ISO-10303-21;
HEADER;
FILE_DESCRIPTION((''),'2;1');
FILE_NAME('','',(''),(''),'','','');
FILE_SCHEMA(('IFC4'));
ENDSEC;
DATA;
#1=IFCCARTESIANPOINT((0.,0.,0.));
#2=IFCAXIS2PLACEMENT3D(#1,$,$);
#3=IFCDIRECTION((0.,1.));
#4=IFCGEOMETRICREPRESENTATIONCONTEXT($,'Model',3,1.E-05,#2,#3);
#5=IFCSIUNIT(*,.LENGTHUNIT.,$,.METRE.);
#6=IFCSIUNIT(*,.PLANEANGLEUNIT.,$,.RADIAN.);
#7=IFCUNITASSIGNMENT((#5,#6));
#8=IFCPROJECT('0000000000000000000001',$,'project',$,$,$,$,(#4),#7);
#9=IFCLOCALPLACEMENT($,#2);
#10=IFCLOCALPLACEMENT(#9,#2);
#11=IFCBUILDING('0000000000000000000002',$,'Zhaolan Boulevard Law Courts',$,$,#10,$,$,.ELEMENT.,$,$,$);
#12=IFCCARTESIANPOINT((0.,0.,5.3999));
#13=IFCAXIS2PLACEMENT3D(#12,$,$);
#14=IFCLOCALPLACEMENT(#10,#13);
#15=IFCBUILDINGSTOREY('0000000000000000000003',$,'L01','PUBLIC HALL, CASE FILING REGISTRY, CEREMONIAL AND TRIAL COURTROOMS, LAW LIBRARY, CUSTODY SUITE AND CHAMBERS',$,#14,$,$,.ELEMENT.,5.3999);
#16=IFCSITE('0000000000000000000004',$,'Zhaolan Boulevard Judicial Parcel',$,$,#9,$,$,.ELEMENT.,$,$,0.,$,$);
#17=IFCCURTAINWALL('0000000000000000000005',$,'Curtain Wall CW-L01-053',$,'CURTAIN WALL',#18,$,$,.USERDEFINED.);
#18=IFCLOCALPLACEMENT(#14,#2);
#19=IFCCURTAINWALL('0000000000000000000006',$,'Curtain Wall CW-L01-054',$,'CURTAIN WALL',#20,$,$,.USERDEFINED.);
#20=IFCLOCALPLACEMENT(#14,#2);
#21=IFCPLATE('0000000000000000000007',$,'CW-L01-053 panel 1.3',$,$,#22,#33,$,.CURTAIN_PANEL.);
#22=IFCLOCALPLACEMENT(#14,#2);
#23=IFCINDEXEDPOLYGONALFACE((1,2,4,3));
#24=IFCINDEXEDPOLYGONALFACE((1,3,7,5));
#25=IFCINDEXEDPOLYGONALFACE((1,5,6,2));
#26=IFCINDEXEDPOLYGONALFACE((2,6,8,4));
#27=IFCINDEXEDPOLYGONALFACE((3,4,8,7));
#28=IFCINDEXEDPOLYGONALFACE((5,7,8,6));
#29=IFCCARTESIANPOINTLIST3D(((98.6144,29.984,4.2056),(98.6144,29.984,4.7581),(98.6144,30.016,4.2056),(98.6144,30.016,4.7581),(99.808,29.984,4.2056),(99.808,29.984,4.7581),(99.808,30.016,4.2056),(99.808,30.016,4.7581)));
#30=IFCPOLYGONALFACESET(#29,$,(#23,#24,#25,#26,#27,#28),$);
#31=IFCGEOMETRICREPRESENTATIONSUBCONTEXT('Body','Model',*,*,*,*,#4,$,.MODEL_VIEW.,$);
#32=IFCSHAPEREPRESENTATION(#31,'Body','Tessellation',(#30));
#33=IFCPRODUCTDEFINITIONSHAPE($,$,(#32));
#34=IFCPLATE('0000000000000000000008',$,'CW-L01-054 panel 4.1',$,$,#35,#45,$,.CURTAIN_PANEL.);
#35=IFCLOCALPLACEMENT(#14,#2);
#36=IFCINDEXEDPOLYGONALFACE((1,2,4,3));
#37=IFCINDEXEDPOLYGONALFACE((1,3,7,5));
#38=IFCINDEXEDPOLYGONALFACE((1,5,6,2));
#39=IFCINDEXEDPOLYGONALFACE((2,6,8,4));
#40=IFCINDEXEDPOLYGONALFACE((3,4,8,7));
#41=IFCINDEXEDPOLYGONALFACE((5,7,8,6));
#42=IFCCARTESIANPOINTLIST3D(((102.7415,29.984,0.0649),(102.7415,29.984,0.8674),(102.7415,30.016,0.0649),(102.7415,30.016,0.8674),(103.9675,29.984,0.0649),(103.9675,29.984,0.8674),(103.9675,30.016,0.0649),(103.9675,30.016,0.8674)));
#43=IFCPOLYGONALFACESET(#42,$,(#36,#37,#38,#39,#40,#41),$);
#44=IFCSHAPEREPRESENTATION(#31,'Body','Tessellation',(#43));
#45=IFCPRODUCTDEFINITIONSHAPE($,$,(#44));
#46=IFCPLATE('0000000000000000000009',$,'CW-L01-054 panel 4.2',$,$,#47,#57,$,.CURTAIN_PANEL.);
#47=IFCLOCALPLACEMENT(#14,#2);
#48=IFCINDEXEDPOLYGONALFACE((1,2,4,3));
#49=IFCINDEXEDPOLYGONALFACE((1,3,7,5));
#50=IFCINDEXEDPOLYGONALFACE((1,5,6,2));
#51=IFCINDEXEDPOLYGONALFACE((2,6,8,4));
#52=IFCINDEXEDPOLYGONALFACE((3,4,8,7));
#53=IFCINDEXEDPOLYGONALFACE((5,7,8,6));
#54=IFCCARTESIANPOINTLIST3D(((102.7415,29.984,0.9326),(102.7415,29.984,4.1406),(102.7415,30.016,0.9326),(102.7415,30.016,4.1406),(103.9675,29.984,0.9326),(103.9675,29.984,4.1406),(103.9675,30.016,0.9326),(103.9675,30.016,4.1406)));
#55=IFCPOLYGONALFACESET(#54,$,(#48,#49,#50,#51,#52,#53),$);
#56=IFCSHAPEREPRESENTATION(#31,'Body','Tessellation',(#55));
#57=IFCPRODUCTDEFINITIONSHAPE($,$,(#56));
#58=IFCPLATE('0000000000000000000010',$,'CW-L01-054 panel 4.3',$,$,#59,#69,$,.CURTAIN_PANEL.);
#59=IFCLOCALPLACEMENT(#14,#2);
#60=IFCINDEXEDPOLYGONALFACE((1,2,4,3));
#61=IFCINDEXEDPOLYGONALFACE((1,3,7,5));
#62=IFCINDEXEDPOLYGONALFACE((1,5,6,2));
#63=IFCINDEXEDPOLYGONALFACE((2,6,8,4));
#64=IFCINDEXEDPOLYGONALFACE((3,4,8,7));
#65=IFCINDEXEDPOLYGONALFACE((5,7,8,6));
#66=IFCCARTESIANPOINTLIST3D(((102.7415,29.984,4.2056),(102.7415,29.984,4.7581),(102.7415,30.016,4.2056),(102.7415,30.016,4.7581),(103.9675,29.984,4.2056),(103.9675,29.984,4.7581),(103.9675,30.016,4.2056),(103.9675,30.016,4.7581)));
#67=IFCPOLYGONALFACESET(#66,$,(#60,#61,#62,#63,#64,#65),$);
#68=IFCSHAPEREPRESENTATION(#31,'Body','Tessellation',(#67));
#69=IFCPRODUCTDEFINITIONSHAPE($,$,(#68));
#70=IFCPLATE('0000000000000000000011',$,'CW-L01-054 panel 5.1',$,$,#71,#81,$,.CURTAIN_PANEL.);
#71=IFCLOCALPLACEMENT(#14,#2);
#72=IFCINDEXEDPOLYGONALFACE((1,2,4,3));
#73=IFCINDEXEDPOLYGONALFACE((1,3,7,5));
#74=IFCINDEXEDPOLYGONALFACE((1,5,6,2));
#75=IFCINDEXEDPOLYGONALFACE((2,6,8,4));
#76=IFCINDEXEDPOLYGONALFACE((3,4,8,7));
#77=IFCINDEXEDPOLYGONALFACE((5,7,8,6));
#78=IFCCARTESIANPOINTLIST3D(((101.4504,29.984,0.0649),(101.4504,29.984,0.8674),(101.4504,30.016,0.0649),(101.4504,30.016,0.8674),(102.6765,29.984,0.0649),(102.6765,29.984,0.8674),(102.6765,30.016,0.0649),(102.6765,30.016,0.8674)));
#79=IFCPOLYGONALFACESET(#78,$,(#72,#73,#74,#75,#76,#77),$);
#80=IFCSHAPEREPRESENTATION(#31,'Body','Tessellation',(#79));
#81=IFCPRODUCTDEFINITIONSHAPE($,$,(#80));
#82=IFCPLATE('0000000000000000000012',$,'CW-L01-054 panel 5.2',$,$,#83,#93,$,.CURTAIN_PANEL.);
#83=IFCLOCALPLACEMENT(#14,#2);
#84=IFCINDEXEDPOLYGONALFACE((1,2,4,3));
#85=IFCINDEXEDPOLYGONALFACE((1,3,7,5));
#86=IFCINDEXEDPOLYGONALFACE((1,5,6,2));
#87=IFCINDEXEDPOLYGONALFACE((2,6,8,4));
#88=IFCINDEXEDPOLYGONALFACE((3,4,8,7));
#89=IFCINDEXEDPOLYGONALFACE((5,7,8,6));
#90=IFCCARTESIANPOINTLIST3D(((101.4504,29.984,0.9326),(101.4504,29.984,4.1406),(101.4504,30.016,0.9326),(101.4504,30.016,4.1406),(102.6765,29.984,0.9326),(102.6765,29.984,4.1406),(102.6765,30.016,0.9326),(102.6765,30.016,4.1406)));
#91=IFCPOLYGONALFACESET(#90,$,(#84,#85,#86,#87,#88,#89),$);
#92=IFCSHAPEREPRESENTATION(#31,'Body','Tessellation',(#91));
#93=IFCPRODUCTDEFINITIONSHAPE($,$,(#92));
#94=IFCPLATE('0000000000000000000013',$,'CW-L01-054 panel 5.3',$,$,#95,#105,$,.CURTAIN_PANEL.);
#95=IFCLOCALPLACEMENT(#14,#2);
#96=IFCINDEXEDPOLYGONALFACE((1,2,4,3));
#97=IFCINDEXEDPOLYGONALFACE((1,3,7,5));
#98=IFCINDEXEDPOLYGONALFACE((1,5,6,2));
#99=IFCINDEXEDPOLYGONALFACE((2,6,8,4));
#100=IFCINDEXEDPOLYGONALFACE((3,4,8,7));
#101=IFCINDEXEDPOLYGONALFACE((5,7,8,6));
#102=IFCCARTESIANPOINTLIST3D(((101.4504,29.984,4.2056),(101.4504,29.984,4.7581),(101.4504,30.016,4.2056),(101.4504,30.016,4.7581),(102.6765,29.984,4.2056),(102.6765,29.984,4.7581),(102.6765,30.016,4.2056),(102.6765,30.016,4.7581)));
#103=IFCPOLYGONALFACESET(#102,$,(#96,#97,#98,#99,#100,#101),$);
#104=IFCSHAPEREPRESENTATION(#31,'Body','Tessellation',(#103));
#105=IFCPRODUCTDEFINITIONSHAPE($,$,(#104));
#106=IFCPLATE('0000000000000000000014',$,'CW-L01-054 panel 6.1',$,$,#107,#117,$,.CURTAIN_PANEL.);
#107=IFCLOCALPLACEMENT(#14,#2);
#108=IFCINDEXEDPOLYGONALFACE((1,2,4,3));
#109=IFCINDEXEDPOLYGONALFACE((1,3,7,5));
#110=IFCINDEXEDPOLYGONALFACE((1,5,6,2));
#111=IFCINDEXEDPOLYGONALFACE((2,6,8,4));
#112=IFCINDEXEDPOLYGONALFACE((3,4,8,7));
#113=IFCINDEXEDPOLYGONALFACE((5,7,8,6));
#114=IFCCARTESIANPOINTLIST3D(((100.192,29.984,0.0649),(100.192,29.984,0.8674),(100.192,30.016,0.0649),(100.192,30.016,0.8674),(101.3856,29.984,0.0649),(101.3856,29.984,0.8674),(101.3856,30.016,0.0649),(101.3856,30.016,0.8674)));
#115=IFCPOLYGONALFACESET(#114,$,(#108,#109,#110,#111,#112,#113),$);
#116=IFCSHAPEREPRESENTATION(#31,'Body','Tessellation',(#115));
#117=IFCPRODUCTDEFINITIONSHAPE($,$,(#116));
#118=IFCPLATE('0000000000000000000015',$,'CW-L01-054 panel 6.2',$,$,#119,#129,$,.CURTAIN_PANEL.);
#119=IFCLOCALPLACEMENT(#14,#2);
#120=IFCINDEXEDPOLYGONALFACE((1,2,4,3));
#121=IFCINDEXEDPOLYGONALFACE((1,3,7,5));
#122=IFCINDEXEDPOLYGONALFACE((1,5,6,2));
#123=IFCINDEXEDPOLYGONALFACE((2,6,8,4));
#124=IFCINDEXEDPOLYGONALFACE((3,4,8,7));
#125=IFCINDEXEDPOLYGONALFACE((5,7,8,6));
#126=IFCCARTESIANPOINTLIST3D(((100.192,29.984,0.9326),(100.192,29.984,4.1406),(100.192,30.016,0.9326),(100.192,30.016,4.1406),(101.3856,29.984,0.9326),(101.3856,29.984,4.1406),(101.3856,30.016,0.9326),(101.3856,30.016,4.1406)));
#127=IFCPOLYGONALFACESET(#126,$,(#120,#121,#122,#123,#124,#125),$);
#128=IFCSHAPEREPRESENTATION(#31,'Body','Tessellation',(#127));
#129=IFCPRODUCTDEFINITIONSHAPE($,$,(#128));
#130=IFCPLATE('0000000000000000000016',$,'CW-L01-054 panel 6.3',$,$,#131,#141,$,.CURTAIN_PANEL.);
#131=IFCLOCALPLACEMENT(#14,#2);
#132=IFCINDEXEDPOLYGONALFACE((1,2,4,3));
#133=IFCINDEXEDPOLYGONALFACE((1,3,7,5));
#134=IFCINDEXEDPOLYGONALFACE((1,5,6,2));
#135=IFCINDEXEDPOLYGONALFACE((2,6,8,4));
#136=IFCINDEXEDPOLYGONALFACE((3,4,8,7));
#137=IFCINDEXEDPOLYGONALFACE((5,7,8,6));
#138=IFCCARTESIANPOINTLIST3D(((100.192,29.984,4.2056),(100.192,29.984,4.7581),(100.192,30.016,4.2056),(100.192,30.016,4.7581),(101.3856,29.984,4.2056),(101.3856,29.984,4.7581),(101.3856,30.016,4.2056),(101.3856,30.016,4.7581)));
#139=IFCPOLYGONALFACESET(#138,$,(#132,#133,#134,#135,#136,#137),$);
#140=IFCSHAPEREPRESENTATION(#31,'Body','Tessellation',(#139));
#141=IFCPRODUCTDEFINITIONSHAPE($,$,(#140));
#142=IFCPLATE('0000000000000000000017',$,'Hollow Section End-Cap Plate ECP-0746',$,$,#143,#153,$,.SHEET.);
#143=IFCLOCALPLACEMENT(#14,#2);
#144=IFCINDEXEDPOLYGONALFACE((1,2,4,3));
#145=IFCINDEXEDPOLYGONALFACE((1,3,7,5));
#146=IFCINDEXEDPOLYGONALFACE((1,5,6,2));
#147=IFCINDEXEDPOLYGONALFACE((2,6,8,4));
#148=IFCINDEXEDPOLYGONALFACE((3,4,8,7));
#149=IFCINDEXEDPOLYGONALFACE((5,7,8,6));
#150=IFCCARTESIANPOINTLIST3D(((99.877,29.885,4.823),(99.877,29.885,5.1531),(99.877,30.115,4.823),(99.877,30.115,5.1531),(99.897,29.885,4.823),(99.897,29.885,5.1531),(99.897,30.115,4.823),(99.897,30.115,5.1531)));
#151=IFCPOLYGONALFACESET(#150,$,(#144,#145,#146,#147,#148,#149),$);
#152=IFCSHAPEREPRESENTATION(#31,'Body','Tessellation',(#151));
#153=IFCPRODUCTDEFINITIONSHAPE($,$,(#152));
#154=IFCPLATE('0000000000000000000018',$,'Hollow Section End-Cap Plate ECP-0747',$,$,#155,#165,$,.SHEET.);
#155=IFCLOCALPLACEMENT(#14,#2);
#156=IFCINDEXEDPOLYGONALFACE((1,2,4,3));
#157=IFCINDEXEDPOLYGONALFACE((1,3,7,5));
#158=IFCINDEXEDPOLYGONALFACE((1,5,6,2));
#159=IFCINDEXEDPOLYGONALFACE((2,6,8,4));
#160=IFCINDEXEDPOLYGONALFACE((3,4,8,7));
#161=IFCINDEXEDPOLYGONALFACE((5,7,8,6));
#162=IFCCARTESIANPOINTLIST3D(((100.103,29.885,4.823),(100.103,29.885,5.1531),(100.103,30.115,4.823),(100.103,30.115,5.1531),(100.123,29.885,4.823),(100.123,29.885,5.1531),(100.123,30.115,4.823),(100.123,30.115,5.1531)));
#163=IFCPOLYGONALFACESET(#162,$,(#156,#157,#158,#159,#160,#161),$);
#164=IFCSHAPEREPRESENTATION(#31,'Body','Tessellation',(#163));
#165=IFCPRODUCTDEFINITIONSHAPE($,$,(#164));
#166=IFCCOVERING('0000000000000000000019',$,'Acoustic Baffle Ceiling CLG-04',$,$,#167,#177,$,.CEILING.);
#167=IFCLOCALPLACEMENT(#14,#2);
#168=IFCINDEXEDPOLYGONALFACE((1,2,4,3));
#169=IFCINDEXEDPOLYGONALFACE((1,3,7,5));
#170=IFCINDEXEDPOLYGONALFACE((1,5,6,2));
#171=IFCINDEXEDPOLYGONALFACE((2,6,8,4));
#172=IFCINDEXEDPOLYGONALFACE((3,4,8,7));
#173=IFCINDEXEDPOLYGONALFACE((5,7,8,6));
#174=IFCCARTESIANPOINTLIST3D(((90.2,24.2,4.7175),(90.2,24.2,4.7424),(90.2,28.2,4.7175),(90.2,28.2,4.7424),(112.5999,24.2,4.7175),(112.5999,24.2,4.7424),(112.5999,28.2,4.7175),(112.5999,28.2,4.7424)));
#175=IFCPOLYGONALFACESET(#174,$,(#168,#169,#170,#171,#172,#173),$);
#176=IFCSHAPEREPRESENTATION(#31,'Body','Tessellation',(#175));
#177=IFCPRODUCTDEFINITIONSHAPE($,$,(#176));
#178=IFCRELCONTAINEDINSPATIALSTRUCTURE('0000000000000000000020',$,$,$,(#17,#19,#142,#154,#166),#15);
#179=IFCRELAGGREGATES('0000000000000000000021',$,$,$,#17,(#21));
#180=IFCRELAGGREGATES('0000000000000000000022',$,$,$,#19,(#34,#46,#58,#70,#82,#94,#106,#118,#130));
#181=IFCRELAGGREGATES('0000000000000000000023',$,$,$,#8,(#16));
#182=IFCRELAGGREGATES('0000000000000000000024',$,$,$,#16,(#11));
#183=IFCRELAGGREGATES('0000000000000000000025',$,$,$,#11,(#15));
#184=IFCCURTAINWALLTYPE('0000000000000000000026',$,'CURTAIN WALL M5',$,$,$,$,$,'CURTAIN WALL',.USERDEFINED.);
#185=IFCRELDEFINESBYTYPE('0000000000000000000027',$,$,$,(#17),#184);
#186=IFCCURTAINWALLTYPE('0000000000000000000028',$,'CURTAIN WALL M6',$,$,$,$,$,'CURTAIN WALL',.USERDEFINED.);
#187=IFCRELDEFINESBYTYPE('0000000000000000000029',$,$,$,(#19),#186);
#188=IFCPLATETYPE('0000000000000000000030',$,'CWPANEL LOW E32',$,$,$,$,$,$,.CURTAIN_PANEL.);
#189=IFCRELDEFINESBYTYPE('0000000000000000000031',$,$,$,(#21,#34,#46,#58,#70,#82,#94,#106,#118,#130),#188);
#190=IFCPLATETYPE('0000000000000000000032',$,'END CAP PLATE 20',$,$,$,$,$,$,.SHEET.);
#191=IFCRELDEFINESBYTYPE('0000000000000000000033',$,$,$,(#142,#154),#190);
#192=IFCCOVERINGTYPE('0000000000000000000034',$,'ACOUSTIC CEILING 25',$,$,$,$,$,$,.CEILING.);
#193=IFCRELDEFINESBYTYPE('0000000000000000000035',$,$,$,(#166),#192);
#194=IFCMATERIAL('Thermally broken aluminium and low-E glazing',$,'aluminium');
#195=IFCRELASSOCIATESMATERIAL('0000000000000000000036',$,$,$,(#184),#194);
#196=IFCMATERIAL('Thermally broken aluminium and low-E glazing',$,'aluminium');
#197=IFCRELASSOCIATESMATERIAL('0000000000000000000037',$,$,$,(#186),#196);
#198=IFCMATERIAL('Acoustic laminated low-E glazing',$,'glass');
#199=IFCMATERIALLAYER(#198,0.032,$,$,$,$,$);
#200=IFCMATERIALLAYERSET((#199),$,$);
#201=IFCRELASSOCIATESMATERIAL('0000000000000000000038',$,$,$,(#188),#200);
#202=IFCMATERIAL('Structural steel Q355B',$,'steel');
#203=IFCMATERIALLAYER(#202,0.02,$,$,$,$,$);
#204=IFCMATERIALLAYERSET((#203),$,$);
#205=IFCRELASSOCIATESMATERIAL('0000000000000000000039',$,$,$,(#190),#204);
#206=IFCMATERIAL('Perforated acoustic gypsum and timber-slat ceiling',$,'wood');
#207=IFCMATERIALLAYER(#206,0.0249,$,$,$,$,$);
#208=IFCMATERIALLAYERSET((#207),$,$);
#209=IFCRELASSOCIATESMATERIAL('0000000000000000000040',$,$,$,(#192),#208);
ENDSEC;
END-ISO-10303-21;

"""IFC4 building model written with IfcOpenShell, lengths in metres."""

from ifc_helpers import new_model, si_unit, direction, frame, origin, origin_2d, place, context, subcontext, project, spatial, rectangle, extrude, material, layer, layer_set, type_object, element, aggregate, save


model = new_model("IFC4")

# Units and contexts
model_context = context("Model", 3, precision=1e-05, world=origin(), true_north=direction((0.0, 1.0)))
body_context = subcontext(model_context, "Body", "Model", "MODEL_VIEW")
ifc_project = project(units=[si_unit("LENGTHUNIT", "METRE"), si_unit("PLANEANGLEUNIT", "RADIAN")], contexts=[model_context])

# Site, building, storey
site_placement = place(None, origin())
site = spatial("IfcSite", under=ifc_project, at=site_placement, Name="Zhaolan Boulevard Judicial Parcel", CompositionType="ELEMENT", RefElevation=0.0)
building_placement = place(site_placement, origin())
building = spatial("IfcBuilding", under=site, at=building_placement, Name="Zhaolan Boulevard Law Courts", CompositionType="ELEMENT")
storey_placement = place(building_placement, frame((0.0, 0.0, 5.3999)))
storey = spatial("IfcBuildingStorey", under=building, at=storey_placement, Name="L01", Description="PUBLIC HALL, CASE FILING REGISTRY, CEREMONIAL AND TRIAL COURTROOMS, LAW LIBRARY, CUSTODY SUITE AND CHAMBERS", CompositionType="ELEMENT", Elevation=5.3999)

# Curtain wall
ifc_material_1 = material(Name="Thermally broken aluminium and low-E glazing", Category="aluminium")
curtain_wall_type_1 = type_object("IfcCurtainWallType", Name="CURTAIN WALL M5", ElementType="CURTAIN WALL", PredefinedType="USERDEFINED", material=ifc_material_1)
curtain_wall_1_placement = place(storey_placement, origin())
curtain_wall_1 = element("IfcCurtainWall", 1, at=curtain_wall_1_placement, inside=storey, type_object=curtain_wall_type_1, Name="Curtain Wall CW-L01-053", ObjectType="CURTAIN WALL", PredefinedType="USERDEFINED")

# Curtain wall
ifc_material_2 = material(Name="Thermally broken aluminium and low-E glazing", Category="aluminium")
curtain_wall_type_2 = type_object("IfcCurtainWallType", Name="CURTAIN WALL M6", ElementType="CURTAIN WALL", PredefinedType="USERDEFINED", material=ifc_material_2)
curtain_wall_2_placement = place(storey_placement, origin())
curtain_wall_2 = element("IfcCurtainWall", 2, at=curtain_wall_2_placement, inside=storey, type_object=curtain_wall_type_2, Name="Curtain Wall CW-L01-054", ObjectType="CURTAIN WALL", PredefinedType="USERDEFINED")

# Plates
ifc_material_3 = material(Name="Acoustic laminated low-E glazing", Category="glass")
ifc_layer_1 = layer(ifc_material_3, 0.032)
ifc_layer_set_1 = layer_set([ifc_layer_1])
plate_type_1 = type_object("IfcPlateType", Name="CWPANEL LOW E32", PredefinedType="CURTAIN_PANEL", material=ifc_layer_set_1)
plate_1_placement = place(storey_placement, frame((99.2112, 30.0, 4.2056), z_axis=(0.0, 0.0, 1.0), x_axis=(-1.0, 0.0, 0.0)))
plate_1 = element("IfcPlate", 3, at=plate_1_placement, type_object=plate_type_1, Name="CW-L01-053 panel 1.3", PredefinedType="CURTAIN_PANEL", context=body_context, shape_type="SweptSolid", body=[
    extrude(rectangle(XDim=1.1936, YDim=0.032, at=origin_2d()), origin(), (0.0, 0.0, 1.0), 0.5525),
])
aggregate(curtain_wall_1, [plate_1])
plate_2_placement = place(storey_placement, frame((103.3545, 30.0, 0.0649), z_axis=(0.0, 0.0, 1.0), x_axis=(-1.0, 0.0, 0.0)))
plate_2 = element("IfcPlate", 4, at=plate_2_placement, type_object=plate_type_1, Name="CW-L01-054 panel 4.1", PredefinedType="CURTAIN_PANEL", context=body_context, shape_type="SweptSolid", body=[
    extrude(rectangle(XDim=1.2261, YDim=0.032, at=origin_2d()), origin(), (0.0, 0.0, 1.0), 0.8025),
])
plate_3_placement = place(storey_placement, frame((103.3545, 30.0, 0.9326), z_axis=(0.0, 0.0, 1.0), x_axis=(-1.0, 0.0, 0.0)))
plate_3 = element("IfcPlate", 5, at=plate_3_placement, type_object=plate_type_1, Name="CW-L01-054 panel 4.2", PredefinedType="CURTAIN_PANEL", context=body_context, shape_type="SweptSolid", body=[
    extrude(rectangle(XDim=1.2261, YDim=0.032, at=origin_2d()), origin(), (0.0, 0.0, 1.0), 3.208),
])
plate_4_placement = place(storey_placement, frame((103.3545, 30.0, 4.2056), z_axis=(0.0, 0.0, 1.0), x_axis=(-1.0, 0.0, 0.0)))
plate_4 = element("IfcPlate", 6, at=plate_4_placement, type_object=plate_type_1, Name="CW-L01-054 panel 4.3", PredefinedType="CURTAIN_PANEL", context=body_context, shape_type="SweptSolid", body=[
    extrude(rectangle(XDim=1.2261, YDim=0.032, at=origin_2d()), origin(), (0.0, 0.0, 1.0), 0.5525),
])
plate_5_placement = place(storey_placement, frame((102.0635, 30.0, 0.0649), z_axis=(0.0, 0.0, 1.0), x_axis=(-1.0, 0.0, 0.0)))
plate_5 = element("IfcPlate", 7, at=plate_5_placement, type_object=plate_type_1, Name="CW-L01-054 panel 5.1", PredefinedType="CURTAIN_PANEL", context=body_context, shape_type="SweptSolid", body=[
    extrude(rectangle(XDim=1.2261, YDim=0.032, at=origin_2d()), origin(), (0.0, 0.0, 1.0), 0.8025),
])
plate_6_placement = place(storey_placement, frame((102.0635, 30.0, 0.9326), z_axis=(0.0, 0.0, 1.0), x_axis=(-1.0, 0.0, 0.0)))
plate_6 = element("IfcPlate", 8, at=plate_6_placement, type_object=plate_type_1, Name="CW-L01-054 panel 5.2", PredefinedType="CURTAIN_PANEL", context=body_context, shape_type="SweptSolid", body=[
    extrude(rectangle(XDim=1.2261, YDim=0.032, at=origin_2d()), origin(), (0.0, 0.0, 1.0), 3.208),
])
plate_7_placement = place(storey_placement, frame((102.0635, 30.0, 4.2056), z_axis=(0.0, 0.0, 1.0), x_axis=(-1.0, 0.0, 0.0)))
plate_7 = element("IfcPlate", 9, at=plate_7_placement, type_object=plate_type_1, Name="CW-L01-054 panel 5.3", PredefinedType="CURTAIN_PANEL", context=body_context, shape_type="SweptSolid", body=[
    extrude(rectangle(XDim=1.2261, YDim=0.032, at=origin_2d()), origin(), (0.0, 0.0, 1.0), 0.5525),
])
plate_8_placement = place(storey_placement, frame((100.7888, 30.0, 0.0649), z_axis=(0.0, 0.0, 1.0), x_axis=(-1.0, 0.0, 0.0)))
plate_8 = element("IfcPlate", 10, at=plate_8_placement, type_object=plate_type_1, Name="CW-L01-054 panel 6.1", PredefinedType="CURTAIN_PANEL", context=body_context, shape_type="SweptSolid", body=[
    extrude(rectangle(XDim=1.1936, YDim=0.032, at=origin_2d()), origin(), (0.0, 0.0, 1.0), 0.8025),
])
plate_9_placement = place(storey_placement, frame((100.7888, 30.0, 0.9326), z_axis=(0.0, 0.0, 1.0), x_axis=(-1.0, 0.0, 0.0)))
plate_9 = element("IfcPlate", 11, at=plate_9_placement, type_object=plate_type_1, Name="CW-L01-054 panel 6.2", PredefinedType="CURTAIN_PANEL", context=body_context, shape_type="SweptSolid", body=[
    extrude(rectangle(XDim=1.1936, YDim=0.032, at=origin_2d()), origin(), (0.0, 0.0, 1.0), 3.208),
])
plate_10_placement = place(storey_placement, frame((100.7888, 30.0, 4.2056), z_axis=(0.0, 0.0, 1.0), x_axis=(-1.0, 0.0, 0.0)))
plate_10 = element("IfcPlate", 12, at=plate_10_placement, type_object=plate_type_1, Name="CW-L01-054 panel 6.3", PredefinedType="CURTAIN_PANEL", context=body_context, shape_type="SweptSolid", body=[
    extrude(rectangle(XDim=1.1936, YDim=0.032, at=origin_2d()), origin(), (0.0, 0.0, 1.0), 0.5525),
])
aggregate(curtain_wall_2, [plate_2, plate_3, plate_4, plate_5, plate_6, plate_7, plate_8, plate_9, plate_10])

# Plates
ifc_material_4 = material(Name="Structural steel Q355B", Category="steel")
ifc_layer_2 = layer(ifc_material_4, 0.02)
ifc_layer_set_2 = layer_set([ifc_layer_2])
plate_type_2 = type_object("IfcPlateType", Name="END CAP PLATE 20", PredefinedType="SHEET", material=ifc_layer_set_2)
for number, where, z_axis, x_axis, name in (
    (13, (99.887, 30.0, 4.823), (0.0, 0.0, 1.0), (1.0, 0.0, 0.0), "Hollow Section End-Cap Plate ECP-0746"),
    (14, (100.113, 30.0, 4.823), (0.0, 0.0, 1.0), (1.0, 0.0, 0.0), "Hollow Section End-Cap Plate ECP-0747"),
):
    element("IfcPlate", number, at=place(storey_placement, frame(where, z_axis=z_axis, x_axis=x_axis)), inside=storey, type_object=plate_type_2, Name=name, PredefinedType="SHEET", context=body_context, shape_type="SweptSolid", body=[
        extrude(rectangle(XDim=0.02, YDim=0.23, at=origin_2d()), origin(), (0.0, 0.0, 1.0), 0.3301),
    ])

# Covering
ifc_material_5 = material(Name="Perforated acoustic gypsum and timber-slat ceiling", Category="wood")
ifc_layer_3 = layer(ifc_material_5, 0.0249)
ifc_layer_set_3 = layer_set([ifc_layer_3])
covering_type = type_object("IfcCoveringType", Name="ACOUSTIC CEILING 25", PredefinedType="CEILING", material=ifc_layer_set_3)
covering_placement = place(storey_placement, frame((101.3999, 26.2, 4.7175), z_axis=(0.0, 0.0, 1.0), x_axis=(1.0, 0.0, 0.0)))
element("IfcCovering", 15, at=covering_placement, inside=storey, type_object=covering_type, Name="Acoustic Baffle Ceiling CLG-04", PredefinedType="CEILING", context=body_context, shape_type="SweptSolid", body=[
    extrude(rectangle(XDim=22.3999, YDim=4.0, at=origin_2d()), origin(), (0.0, 0.0, 1.0), 0.0249),
])

save(model, "model.ifc")
